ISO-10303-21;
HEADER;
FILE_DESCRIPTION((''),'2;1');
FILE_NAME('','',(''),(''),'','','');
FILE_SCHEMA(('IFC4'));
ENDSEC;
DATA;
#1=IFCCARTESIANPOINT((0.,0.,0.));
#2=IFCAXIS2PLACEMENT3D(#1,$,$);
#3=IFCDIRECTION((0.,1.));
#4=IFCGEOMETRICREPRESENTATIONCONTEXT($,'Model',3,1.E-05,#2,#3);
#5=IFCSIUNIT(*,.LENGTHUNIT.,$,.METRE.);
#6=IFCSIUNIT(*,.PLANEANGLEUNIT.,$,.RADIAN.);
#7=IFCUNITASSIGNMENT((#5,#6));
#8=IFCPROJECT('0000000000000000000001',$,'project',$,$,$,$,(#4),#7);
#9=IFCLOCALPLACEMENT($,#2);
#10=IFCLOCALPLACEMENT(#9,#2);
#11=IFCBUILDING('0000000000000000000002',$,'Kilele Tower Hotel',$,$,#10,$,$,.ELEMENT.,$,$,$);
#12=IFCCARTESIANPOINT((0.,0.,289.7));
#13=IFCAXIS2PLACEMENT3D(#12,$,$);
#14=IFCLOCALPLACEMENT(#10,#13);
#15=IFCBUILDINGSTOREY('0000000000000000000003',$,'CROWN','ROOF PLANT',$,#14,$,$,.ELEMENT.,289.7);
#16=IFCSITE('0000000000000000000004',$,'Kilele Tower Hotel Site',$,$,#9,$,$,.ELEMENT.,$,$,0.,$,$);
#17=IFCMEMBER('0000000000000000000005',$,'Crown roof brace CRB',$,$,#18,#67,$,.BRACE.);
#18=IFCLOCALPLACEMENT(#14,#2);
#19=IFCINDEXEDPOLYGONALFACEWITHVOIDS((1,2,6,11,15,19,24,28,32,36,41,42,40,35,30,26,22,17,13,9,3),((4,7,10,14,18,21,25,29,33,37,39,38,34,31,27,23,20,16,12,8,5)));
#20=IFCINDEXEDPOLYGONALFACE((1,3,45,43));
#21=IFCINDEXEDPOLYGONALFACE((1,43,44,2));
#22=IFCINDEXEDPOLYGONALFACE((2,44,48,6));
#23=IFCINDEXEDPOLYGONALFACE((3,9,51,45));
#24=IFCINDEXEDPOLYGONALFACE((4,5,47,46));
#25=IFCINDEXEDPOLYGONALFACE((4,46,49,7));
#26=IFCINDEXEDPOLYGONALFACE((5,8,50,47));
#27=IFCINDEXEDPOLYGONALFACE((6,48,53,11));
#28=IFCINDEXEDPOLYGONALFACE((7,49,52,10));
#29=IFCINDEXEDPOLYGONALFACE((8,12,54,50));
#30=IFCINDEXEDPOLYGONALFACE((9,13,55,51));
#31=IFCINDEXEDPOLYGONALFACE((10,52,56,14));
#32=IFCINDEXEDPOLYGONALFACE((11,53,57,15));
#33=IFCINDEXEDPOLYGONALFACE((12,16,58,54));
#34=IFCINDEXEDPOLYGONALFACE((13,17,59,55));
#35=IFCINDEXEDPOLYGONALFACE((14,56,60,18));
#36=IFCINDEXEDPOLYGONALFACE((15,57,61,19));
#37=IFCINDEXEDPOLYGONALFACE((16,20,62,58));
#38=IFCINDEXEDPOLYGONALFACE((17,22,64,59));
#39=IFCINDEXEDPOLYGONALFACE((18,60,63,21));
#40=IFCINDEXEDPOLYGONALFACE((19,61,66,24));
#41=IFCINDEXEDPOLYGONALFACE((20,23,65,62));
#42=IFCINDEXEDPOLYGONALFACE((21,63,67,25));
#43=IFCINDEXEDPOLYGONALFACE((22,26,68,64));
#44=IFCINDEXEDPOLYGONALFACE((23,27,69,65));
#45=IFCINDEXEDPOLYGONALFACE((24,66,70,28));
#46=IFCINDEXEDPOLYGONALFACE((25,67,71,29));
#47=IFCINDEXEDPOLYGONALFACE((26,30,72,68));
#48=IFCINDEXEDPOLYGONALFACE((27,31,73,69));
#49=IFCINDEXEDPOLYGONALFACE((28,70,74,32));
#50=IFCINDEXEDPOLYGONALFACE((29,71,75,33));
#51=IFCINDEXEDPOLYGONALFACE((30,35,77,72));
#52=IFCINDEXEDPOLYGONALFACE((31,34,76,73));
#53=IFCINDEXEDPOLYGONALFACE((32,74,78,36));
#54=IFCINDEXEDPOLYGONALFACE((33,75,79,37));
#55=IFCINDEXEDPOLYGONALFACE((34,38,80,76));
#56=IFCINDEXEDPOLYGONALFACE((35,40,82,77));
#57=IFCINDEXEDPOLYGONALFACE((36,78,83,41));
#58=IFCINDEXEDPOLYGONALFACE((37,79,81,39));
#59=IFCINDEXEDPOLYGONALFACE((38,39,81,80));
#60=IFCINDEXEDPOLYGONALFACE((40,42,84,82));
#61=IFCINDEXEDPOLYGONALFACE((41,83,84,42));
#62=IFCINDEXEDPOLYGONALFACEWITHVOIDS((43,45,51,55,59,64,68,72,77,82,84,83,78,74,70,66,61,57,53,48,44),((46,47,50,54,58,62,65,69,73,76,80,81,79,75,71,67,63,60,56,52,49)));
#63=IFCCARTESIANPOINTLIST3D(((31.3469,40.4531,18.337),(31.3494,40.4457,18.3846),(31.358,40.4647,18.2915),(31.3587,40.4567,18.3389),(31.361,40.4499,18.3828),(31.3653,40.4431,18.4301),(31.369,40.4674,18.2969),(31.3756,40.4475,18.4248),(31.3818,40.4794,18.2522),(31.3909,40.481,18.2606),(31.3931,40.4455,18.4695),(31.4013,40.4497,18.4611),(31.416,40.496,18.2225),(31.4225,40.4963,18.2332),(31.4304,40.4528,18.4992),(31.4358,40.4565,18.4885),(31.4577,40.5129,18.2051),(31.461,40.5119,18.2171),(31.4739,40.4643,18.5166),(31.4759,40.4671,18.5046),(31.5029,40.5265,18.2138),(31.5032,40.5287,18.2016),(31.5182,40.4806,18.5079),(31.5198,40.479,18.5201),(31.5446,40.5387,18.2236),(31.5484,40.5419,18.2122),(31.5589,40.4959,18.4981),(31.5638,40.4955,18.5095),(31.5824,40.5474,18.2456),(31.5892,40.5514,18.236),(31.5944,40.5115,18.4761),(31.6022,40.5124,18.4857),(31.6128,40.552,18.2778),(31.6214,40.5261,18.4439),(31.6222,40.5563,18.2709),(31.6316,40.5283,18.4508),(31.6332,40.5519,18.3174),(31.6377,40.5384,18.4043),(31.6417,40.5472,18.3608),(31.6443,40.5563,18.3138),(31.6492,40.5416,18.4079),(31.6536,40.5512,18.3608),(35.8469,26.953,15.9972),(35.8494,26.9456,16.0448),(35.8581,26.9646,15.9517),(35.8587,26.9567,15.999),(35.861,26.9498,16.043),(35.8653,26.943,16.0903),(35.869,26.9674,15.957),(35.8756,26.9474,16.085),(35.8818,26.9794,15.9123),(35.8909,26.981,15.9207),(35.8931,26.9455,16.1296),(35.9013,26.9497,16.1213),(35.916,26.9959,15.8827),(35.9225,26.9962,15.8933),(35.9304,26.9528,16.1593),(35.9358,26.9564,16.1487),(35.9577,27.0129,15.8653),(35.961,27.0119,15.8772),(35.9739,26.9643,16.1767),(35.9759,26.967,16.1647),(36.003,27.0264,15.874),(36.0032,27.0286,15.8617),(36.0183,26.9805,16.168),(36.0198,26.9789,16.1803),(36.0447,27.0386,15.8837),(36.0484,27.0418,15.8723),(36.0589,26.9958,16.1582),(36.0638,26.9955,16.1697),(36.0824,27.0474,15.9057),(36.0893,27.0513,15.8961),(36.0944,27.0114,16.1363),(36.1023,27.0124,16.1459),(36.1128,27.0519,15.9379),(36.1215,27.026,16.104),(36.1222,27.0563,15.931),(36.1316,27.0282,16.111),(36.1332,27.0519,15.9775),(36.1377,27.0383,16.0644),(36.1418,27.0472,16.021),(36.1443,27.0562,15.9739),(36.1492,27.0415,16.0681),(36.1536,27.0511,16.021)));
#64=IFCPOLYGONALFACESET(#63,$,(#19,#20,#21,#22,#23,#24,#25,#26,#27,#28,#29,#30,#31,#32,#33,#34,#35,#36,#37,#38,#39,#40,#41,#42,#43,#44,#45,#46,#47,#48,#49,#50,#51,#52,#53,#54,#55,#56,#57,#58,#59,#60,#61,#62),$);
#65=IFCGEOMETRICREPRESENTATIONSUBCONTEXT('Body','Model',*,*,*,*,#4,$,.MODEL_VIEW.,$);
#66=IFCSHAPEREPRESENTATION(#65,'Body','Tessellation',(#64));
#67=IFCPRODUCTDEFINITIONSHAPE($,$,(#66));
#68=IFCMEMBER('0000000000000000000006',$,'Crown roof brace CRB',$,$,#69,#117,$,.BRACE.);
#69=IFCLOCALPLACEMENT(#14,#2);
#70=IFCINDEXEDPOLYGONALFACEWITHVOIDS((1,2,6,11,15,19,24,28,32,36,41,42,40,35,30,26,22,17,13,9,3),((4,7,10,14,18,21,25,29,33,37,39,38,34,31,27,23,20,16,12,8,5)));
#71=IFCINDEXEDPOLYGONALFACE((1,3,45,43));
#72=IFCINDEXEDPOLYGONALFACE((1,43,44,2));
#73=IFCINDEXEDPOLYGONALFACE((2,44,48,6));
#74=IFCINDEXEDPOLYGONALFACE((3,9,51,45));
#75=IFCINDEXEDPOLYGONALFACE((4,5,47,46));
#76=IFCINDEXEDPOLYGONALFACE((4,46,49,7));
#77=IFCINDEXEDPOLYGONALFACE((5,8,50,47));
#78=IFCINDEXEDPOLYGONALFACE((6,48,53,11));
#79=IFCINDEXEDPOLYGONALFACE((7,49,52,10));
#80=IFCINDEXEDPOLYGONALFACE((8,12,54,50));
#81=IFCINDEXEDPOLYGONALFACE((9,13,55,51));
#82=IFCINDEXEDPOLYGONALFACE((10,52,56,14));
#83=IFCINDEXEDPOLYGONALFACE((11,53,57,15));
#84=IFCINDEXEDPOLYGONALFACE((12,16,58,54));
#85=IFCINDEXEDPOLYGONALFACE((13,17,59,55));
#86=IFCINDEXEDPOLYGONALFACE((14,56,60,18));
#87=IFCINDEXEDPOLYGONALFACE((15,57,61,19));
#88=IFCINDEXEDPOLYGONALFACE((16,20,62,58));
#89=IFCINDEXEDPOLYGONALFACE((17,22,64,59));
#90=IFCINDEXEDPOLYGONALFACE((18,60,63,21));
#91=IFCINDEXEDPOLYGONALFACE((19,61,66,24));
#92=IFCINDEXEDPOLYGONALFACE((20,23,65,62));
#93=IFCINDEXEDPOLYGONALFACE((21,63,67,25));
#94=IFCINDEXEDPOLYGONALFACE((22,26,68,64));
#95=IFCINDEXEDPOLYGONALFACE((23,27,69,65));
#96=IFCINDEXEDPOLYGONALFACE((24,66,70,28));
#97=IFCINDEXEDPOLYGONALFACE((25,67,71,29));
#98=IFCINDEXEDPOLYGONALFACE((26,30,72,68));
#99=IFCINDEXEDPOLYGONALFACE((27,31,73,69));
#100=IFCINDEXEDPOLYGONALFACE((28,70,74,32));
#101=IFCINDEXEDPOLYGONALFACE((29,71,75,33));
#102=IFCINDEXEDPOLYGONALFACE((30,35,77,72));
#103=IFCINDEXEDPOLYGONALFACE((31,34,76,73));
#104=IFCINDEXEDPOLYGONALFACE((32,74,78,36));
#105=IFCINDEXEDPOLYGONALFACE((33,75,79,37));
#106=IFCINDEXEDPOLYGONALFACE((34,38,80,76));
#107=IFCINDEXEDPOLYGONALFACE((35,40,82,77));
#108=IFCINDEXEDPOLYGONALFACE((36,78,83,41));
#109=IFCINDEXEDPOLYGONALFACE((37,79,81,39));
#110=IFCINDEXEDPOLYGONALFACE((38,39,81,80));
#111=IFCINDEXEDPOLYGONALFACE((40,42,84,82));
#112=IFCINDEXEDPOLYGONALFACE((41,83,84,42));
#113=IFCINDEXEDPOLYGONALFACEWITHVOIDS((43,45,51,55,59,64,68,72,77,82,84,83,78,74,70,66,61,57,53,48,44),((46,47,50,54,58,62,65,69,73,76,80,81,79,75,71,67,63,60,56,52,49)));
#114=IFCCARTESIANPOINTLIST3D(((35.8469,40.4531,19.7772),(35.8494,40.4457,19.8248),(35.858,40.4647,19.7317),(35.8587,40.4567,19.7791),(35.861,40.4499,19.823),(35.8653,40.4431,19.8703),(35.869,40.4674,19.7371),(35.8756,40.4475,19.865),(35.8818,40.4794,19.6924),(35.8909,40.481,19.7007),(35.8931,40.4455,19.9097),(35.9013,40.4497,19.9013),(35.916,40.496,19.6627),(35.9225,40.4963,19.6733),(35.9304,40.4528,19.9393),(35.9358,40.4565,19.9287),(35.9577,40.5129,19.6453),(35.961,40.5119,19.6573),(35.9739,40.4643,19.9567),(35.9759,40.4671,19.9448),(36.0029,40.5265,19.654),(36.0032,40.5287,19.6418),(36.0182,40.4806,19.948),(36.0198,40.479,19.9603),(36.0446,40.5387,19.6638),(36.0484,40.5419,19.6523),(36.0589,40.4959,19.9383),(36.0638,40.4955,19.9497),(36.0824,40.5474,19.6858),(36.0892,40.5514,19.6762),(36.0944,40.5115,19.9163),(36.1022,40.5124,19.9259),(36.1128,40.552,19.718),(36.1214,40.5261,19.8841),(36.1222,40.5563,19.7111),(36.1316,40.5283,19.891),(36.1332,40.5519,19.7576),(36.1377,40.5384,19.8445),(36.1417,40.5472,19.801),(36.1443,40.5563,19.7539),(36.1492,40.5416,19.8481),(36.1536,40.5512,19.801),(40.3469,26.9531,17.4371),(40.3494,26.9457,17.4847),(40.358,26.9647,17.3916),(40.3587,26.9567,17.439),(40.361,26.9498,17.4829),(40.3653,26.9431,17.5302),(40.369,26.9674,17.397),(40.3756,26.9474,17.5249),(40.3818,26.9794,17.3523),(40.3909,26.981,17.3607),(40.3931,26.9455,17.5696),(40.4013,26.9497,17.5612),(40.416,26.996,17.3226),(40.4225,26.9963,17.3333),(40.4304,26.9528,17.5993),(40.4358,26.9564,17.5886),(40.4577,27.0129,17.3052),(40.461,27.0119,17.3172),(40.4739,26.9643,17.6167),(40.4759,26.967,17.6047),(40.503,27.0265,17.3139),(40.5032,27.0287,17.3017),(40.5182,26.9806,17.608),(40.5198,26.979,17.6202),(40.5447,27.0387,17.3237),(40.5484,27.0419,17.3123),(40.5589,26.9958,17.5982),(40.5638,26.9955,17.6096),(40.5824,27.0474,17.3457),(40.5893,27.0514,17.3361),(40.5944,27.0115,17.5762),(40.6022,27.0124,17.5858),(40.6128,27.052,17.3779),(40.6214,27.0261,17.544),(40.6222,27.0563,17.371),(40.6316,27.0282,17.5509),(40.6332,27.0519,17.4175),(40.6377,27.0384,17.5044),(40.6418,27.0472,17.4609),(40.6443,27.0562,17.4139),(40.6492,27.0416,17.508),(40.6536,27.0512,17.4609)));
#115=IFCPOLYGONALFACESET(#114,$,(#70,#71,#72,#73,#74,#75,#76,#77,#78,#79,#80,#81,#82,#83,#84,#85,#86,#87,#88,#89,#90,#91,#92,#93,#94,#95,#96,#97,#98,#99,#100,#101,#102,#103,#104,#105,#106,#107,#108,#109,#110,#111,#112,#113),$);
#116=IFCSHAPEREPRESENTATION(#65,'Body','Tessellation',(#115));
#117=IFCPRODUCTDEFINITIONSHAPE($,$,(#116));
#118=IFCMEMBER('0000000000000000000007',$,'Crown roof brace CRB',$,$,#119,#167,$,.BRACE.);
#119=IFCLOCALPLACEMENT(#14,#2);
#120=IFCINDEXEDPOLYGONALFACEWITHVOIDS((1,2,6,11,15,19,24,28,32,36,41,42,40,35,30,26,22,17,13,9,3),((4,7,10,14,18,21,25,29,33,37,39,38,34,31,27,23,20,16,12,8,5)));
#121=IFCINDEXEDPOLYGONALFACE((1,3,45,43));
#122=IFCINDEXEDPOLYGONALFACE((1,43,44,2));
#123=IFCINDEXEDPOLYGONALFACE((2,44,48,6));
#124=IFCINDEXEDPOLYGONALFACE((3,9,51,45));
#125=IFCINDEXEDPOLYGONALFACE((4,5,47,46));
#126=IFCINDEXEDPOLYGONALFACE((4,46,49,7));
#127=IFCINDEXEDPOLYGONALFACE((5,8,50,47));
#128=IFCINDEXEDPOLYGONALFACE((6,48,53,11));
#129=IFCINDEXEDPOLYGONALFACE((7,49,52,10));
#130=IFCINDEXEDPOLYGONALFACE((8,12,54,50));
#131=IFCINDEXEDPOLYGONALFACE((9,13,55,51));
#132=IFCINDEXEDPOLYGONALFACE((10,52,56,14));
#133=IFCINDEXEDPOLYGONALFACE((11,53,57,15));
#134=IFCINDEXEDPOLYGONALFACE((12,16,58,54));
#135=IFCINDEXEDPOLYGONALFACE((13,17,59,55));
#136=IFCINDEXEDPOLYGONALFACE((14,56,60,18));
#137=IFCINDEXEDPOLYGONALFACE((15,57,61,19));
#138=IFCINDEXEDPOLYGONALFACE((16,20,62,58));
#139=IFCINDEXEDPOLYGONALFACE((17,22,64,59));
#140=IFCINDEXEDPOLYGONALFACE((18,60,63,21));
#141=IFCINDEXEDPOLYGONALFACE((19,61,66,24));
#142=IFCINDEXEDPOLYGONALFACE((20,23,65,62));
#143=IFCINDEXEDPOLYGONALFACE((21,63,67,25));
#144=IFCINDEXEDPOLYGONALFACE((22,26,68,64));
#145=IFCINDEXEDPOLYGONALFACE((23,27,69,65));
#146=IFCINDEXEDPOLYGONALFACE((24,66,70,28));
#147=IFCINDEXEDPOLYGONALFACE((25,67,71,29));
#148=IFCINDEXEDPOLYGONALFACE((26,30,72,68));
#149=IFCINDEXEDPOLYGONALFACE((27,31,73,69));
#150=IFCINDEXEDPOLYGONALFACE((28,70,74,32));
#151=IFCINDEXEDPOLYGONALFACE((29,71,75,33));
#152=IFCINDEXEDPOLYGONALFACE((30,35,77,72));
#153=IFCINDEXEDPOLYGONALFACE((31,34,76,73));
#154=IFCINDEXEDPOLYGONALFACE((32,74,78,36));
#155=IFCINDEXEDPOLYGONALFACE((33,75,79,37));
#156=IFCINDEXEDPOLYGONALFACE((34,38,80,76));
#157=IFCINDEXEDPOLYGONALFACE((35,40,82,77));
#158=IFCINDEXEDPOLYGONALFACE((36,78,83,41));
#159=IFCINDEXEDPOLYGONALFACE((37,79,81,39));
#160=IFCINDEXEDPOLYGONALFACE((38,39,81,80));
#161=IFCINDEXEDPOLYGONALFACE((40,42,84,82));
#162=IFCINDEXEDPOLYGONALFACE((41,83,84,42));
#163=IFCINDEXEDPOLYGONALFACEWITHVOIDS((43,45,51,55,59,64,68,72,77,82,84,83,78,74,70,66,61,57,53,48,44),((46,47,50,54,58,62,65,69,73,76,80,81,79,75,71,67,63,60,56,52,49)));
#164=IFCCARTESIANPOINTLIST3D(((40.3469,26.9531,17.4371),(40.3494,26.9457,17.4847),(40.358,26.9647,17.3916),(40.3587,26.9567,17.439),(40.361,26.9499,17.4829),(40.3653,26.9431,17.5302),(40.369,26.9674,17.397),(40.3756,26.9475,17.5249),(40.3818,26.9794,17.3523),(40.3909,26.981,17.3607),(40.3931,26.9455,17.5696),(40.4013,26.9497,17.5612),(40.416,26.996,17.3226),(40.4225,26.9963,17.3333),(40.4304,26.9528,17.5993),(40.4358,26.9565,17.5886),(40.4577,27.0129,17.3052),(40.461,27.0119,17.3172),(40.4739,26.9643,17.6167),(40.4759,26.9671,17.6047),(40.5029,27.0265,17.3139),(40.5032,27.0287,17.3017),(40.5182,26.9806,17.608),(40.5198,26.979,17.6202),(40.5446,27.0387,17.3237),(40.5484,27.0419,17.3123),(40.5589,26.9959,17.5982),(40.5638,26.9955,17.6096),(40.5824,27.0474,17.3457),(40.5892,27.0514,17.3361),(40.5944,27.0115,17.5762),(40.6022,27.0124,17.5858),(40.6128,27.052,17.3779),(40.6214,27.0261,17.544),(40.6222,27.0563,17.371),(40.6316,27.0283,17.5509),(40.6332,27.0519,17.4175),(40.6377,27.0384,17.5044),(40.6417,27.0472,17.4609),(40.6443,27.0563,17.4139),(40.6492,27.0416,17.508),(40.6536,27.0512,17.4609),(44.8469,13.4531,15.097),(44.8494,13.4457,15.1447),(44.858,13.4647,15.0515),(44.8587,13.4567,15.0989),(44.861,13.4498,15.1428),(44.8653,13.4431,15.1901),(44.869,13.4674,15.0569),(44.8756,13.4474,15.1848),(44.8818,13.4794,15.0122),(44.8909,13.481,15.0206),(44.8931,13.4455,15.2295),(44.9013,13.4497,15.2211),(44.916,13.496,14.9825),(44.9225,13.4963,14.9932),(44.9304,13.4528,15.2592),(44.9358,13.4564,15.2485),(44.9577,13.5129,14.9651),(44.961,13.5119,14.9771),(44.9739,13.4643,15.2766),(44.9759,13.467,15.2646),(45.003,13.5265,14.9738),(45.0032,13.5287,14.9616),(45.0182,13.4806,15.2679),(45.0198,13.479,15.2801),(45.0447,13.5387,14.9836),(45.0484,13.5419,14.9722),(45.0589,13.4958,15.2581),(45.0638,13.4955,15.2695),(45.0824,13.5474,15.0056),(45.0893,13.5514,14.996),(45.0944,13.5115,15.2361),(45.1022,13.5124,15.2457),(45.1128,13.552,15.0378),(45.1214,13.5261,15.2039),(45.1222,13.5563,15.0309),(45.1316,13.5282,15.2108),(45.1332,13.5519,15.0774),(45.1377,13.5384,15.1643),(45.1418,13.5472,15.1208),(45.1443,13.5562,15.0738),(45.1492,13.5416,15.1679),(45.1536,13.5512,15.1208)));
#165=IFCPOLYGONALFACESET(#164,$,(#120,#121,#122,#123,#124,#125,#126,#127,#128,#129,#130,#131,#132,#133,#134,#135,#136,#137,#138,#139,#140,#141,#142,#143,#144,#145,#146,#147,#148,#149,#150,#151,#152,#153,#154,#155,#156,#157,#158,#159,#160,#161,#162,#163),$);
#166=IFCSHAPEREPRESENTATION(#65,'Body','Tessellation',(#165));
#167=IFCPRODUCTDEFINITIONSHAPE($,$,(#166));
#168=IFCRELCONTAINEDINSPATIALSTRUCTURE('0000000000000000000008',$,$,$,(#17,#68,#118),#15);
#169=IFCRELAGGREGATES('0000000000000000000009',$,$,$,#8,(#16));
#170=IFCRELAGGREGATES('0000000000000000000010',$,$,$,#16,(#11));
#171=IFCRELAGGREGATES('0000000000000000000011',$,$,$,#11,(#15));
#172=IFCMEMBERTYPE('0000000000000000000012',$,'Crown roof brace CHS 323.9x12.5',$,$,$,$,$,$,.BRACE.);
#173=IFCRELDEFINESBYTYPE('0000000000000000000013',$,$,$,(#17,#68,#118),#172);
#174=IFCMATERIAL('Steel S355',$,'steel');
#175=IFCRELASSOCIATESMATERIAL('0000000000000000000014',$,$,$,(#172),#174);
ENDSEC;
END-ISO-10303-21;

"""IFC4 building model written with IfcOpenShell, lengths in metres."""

from ifc_helpers import new_model, si_unit, direction, frame, origin, origin_2d, place, context, subcontext, project, spatial, hollow_circle, extrude, material, material_profile, profile_set, type_object, element, save


model = new_model("IFC4")

# Units and contexts
model_context = context("Model", 3, precision=1e-05, world=origin(), true_north=direction((0.0, 1.0)))
body_context = subcontext(model_context, "Body", "Model", "MODEL_VIEW")
ifc_project = project(units=[si_unit("LENGTHUNIT", "METRE"), si_unit("PLANEANGLEUNIT", "RADIAN")], contexts=[model_context])

# Site, building, storey
site_placement = place(None, origin())
site = spatial("IfcSite", under=ifc_project, at=site_placement, Name="Kilele Tower Hotel Site", CompositionType="ELEMENT", RefElevation=0.0)
building_placement = place(site_placement, origin())
building = spatial("IfcBuilding", under=site, at=building_placement, Name="Kilele Tower Hotel", CompositionType="ELEMENT")
storey_placement = place(building_placement, frame((0.0, 0.0, 289.7)))
storey = spatial("IfcBuildingStorey", under=building, at=storey_placement, Name="CROWN", Description="ROOF PLANT", CompositionType="ELEMENT", Elevation=289.7)

# Members
ifc_material_1 = material(Name="Steel S355", Category="steel")
ifc_material_profile_1 = material_profile(ifc_material_1, hollow_circle(Radius=0.1619, WallThickness=0.0125, at=origin_2d()))
ifc_profile_set_1 = profile_set([ifc_material_profile_1], Name="Steel S355")
member_type = type_object("IfcMemberType", Name="Crown roof brace CHS 323.9x12.5", PredefinedType="BRACE", material=ifc_profile_set_1)
for number, where, z_axis, x_axis, name in (
    (1, (31.5, 40.5, 18.3608), (0.312038, -0.936113, -0.162249), (0.948683, 0.316228, 0.0), "Crown roof brace CRB"),
    (2, (36.0, 40.5, 19.801), (0.312037, -0.936111, -0.162265), (0.948683, 0.316228, 0.0), "Crown roof brace CRB"),
    (3, (40.5, 27.0, 17.4609), (0.312037, -0.936111, -0.162265), (0.948683, 0.316228, 0.0), "Crown roof brace CRB"),
):
    element("IfcMember", number, at=place(storey_placement, frame(where, z_axis=z_axis, x_axis=x_axis)), inside=storey, type_object=member_type, Name=name, PredefinedType="BRACE", context=body_context, shape_type="SweptSolid", body=[
        extrude(hollow_circle(Radius=0.1619, WallThickness=0.0125, at=origin_2d()), origin(), (0.0, 0.0, 1.0), 14.4214),
    ])

save(model, "model.ifc")
